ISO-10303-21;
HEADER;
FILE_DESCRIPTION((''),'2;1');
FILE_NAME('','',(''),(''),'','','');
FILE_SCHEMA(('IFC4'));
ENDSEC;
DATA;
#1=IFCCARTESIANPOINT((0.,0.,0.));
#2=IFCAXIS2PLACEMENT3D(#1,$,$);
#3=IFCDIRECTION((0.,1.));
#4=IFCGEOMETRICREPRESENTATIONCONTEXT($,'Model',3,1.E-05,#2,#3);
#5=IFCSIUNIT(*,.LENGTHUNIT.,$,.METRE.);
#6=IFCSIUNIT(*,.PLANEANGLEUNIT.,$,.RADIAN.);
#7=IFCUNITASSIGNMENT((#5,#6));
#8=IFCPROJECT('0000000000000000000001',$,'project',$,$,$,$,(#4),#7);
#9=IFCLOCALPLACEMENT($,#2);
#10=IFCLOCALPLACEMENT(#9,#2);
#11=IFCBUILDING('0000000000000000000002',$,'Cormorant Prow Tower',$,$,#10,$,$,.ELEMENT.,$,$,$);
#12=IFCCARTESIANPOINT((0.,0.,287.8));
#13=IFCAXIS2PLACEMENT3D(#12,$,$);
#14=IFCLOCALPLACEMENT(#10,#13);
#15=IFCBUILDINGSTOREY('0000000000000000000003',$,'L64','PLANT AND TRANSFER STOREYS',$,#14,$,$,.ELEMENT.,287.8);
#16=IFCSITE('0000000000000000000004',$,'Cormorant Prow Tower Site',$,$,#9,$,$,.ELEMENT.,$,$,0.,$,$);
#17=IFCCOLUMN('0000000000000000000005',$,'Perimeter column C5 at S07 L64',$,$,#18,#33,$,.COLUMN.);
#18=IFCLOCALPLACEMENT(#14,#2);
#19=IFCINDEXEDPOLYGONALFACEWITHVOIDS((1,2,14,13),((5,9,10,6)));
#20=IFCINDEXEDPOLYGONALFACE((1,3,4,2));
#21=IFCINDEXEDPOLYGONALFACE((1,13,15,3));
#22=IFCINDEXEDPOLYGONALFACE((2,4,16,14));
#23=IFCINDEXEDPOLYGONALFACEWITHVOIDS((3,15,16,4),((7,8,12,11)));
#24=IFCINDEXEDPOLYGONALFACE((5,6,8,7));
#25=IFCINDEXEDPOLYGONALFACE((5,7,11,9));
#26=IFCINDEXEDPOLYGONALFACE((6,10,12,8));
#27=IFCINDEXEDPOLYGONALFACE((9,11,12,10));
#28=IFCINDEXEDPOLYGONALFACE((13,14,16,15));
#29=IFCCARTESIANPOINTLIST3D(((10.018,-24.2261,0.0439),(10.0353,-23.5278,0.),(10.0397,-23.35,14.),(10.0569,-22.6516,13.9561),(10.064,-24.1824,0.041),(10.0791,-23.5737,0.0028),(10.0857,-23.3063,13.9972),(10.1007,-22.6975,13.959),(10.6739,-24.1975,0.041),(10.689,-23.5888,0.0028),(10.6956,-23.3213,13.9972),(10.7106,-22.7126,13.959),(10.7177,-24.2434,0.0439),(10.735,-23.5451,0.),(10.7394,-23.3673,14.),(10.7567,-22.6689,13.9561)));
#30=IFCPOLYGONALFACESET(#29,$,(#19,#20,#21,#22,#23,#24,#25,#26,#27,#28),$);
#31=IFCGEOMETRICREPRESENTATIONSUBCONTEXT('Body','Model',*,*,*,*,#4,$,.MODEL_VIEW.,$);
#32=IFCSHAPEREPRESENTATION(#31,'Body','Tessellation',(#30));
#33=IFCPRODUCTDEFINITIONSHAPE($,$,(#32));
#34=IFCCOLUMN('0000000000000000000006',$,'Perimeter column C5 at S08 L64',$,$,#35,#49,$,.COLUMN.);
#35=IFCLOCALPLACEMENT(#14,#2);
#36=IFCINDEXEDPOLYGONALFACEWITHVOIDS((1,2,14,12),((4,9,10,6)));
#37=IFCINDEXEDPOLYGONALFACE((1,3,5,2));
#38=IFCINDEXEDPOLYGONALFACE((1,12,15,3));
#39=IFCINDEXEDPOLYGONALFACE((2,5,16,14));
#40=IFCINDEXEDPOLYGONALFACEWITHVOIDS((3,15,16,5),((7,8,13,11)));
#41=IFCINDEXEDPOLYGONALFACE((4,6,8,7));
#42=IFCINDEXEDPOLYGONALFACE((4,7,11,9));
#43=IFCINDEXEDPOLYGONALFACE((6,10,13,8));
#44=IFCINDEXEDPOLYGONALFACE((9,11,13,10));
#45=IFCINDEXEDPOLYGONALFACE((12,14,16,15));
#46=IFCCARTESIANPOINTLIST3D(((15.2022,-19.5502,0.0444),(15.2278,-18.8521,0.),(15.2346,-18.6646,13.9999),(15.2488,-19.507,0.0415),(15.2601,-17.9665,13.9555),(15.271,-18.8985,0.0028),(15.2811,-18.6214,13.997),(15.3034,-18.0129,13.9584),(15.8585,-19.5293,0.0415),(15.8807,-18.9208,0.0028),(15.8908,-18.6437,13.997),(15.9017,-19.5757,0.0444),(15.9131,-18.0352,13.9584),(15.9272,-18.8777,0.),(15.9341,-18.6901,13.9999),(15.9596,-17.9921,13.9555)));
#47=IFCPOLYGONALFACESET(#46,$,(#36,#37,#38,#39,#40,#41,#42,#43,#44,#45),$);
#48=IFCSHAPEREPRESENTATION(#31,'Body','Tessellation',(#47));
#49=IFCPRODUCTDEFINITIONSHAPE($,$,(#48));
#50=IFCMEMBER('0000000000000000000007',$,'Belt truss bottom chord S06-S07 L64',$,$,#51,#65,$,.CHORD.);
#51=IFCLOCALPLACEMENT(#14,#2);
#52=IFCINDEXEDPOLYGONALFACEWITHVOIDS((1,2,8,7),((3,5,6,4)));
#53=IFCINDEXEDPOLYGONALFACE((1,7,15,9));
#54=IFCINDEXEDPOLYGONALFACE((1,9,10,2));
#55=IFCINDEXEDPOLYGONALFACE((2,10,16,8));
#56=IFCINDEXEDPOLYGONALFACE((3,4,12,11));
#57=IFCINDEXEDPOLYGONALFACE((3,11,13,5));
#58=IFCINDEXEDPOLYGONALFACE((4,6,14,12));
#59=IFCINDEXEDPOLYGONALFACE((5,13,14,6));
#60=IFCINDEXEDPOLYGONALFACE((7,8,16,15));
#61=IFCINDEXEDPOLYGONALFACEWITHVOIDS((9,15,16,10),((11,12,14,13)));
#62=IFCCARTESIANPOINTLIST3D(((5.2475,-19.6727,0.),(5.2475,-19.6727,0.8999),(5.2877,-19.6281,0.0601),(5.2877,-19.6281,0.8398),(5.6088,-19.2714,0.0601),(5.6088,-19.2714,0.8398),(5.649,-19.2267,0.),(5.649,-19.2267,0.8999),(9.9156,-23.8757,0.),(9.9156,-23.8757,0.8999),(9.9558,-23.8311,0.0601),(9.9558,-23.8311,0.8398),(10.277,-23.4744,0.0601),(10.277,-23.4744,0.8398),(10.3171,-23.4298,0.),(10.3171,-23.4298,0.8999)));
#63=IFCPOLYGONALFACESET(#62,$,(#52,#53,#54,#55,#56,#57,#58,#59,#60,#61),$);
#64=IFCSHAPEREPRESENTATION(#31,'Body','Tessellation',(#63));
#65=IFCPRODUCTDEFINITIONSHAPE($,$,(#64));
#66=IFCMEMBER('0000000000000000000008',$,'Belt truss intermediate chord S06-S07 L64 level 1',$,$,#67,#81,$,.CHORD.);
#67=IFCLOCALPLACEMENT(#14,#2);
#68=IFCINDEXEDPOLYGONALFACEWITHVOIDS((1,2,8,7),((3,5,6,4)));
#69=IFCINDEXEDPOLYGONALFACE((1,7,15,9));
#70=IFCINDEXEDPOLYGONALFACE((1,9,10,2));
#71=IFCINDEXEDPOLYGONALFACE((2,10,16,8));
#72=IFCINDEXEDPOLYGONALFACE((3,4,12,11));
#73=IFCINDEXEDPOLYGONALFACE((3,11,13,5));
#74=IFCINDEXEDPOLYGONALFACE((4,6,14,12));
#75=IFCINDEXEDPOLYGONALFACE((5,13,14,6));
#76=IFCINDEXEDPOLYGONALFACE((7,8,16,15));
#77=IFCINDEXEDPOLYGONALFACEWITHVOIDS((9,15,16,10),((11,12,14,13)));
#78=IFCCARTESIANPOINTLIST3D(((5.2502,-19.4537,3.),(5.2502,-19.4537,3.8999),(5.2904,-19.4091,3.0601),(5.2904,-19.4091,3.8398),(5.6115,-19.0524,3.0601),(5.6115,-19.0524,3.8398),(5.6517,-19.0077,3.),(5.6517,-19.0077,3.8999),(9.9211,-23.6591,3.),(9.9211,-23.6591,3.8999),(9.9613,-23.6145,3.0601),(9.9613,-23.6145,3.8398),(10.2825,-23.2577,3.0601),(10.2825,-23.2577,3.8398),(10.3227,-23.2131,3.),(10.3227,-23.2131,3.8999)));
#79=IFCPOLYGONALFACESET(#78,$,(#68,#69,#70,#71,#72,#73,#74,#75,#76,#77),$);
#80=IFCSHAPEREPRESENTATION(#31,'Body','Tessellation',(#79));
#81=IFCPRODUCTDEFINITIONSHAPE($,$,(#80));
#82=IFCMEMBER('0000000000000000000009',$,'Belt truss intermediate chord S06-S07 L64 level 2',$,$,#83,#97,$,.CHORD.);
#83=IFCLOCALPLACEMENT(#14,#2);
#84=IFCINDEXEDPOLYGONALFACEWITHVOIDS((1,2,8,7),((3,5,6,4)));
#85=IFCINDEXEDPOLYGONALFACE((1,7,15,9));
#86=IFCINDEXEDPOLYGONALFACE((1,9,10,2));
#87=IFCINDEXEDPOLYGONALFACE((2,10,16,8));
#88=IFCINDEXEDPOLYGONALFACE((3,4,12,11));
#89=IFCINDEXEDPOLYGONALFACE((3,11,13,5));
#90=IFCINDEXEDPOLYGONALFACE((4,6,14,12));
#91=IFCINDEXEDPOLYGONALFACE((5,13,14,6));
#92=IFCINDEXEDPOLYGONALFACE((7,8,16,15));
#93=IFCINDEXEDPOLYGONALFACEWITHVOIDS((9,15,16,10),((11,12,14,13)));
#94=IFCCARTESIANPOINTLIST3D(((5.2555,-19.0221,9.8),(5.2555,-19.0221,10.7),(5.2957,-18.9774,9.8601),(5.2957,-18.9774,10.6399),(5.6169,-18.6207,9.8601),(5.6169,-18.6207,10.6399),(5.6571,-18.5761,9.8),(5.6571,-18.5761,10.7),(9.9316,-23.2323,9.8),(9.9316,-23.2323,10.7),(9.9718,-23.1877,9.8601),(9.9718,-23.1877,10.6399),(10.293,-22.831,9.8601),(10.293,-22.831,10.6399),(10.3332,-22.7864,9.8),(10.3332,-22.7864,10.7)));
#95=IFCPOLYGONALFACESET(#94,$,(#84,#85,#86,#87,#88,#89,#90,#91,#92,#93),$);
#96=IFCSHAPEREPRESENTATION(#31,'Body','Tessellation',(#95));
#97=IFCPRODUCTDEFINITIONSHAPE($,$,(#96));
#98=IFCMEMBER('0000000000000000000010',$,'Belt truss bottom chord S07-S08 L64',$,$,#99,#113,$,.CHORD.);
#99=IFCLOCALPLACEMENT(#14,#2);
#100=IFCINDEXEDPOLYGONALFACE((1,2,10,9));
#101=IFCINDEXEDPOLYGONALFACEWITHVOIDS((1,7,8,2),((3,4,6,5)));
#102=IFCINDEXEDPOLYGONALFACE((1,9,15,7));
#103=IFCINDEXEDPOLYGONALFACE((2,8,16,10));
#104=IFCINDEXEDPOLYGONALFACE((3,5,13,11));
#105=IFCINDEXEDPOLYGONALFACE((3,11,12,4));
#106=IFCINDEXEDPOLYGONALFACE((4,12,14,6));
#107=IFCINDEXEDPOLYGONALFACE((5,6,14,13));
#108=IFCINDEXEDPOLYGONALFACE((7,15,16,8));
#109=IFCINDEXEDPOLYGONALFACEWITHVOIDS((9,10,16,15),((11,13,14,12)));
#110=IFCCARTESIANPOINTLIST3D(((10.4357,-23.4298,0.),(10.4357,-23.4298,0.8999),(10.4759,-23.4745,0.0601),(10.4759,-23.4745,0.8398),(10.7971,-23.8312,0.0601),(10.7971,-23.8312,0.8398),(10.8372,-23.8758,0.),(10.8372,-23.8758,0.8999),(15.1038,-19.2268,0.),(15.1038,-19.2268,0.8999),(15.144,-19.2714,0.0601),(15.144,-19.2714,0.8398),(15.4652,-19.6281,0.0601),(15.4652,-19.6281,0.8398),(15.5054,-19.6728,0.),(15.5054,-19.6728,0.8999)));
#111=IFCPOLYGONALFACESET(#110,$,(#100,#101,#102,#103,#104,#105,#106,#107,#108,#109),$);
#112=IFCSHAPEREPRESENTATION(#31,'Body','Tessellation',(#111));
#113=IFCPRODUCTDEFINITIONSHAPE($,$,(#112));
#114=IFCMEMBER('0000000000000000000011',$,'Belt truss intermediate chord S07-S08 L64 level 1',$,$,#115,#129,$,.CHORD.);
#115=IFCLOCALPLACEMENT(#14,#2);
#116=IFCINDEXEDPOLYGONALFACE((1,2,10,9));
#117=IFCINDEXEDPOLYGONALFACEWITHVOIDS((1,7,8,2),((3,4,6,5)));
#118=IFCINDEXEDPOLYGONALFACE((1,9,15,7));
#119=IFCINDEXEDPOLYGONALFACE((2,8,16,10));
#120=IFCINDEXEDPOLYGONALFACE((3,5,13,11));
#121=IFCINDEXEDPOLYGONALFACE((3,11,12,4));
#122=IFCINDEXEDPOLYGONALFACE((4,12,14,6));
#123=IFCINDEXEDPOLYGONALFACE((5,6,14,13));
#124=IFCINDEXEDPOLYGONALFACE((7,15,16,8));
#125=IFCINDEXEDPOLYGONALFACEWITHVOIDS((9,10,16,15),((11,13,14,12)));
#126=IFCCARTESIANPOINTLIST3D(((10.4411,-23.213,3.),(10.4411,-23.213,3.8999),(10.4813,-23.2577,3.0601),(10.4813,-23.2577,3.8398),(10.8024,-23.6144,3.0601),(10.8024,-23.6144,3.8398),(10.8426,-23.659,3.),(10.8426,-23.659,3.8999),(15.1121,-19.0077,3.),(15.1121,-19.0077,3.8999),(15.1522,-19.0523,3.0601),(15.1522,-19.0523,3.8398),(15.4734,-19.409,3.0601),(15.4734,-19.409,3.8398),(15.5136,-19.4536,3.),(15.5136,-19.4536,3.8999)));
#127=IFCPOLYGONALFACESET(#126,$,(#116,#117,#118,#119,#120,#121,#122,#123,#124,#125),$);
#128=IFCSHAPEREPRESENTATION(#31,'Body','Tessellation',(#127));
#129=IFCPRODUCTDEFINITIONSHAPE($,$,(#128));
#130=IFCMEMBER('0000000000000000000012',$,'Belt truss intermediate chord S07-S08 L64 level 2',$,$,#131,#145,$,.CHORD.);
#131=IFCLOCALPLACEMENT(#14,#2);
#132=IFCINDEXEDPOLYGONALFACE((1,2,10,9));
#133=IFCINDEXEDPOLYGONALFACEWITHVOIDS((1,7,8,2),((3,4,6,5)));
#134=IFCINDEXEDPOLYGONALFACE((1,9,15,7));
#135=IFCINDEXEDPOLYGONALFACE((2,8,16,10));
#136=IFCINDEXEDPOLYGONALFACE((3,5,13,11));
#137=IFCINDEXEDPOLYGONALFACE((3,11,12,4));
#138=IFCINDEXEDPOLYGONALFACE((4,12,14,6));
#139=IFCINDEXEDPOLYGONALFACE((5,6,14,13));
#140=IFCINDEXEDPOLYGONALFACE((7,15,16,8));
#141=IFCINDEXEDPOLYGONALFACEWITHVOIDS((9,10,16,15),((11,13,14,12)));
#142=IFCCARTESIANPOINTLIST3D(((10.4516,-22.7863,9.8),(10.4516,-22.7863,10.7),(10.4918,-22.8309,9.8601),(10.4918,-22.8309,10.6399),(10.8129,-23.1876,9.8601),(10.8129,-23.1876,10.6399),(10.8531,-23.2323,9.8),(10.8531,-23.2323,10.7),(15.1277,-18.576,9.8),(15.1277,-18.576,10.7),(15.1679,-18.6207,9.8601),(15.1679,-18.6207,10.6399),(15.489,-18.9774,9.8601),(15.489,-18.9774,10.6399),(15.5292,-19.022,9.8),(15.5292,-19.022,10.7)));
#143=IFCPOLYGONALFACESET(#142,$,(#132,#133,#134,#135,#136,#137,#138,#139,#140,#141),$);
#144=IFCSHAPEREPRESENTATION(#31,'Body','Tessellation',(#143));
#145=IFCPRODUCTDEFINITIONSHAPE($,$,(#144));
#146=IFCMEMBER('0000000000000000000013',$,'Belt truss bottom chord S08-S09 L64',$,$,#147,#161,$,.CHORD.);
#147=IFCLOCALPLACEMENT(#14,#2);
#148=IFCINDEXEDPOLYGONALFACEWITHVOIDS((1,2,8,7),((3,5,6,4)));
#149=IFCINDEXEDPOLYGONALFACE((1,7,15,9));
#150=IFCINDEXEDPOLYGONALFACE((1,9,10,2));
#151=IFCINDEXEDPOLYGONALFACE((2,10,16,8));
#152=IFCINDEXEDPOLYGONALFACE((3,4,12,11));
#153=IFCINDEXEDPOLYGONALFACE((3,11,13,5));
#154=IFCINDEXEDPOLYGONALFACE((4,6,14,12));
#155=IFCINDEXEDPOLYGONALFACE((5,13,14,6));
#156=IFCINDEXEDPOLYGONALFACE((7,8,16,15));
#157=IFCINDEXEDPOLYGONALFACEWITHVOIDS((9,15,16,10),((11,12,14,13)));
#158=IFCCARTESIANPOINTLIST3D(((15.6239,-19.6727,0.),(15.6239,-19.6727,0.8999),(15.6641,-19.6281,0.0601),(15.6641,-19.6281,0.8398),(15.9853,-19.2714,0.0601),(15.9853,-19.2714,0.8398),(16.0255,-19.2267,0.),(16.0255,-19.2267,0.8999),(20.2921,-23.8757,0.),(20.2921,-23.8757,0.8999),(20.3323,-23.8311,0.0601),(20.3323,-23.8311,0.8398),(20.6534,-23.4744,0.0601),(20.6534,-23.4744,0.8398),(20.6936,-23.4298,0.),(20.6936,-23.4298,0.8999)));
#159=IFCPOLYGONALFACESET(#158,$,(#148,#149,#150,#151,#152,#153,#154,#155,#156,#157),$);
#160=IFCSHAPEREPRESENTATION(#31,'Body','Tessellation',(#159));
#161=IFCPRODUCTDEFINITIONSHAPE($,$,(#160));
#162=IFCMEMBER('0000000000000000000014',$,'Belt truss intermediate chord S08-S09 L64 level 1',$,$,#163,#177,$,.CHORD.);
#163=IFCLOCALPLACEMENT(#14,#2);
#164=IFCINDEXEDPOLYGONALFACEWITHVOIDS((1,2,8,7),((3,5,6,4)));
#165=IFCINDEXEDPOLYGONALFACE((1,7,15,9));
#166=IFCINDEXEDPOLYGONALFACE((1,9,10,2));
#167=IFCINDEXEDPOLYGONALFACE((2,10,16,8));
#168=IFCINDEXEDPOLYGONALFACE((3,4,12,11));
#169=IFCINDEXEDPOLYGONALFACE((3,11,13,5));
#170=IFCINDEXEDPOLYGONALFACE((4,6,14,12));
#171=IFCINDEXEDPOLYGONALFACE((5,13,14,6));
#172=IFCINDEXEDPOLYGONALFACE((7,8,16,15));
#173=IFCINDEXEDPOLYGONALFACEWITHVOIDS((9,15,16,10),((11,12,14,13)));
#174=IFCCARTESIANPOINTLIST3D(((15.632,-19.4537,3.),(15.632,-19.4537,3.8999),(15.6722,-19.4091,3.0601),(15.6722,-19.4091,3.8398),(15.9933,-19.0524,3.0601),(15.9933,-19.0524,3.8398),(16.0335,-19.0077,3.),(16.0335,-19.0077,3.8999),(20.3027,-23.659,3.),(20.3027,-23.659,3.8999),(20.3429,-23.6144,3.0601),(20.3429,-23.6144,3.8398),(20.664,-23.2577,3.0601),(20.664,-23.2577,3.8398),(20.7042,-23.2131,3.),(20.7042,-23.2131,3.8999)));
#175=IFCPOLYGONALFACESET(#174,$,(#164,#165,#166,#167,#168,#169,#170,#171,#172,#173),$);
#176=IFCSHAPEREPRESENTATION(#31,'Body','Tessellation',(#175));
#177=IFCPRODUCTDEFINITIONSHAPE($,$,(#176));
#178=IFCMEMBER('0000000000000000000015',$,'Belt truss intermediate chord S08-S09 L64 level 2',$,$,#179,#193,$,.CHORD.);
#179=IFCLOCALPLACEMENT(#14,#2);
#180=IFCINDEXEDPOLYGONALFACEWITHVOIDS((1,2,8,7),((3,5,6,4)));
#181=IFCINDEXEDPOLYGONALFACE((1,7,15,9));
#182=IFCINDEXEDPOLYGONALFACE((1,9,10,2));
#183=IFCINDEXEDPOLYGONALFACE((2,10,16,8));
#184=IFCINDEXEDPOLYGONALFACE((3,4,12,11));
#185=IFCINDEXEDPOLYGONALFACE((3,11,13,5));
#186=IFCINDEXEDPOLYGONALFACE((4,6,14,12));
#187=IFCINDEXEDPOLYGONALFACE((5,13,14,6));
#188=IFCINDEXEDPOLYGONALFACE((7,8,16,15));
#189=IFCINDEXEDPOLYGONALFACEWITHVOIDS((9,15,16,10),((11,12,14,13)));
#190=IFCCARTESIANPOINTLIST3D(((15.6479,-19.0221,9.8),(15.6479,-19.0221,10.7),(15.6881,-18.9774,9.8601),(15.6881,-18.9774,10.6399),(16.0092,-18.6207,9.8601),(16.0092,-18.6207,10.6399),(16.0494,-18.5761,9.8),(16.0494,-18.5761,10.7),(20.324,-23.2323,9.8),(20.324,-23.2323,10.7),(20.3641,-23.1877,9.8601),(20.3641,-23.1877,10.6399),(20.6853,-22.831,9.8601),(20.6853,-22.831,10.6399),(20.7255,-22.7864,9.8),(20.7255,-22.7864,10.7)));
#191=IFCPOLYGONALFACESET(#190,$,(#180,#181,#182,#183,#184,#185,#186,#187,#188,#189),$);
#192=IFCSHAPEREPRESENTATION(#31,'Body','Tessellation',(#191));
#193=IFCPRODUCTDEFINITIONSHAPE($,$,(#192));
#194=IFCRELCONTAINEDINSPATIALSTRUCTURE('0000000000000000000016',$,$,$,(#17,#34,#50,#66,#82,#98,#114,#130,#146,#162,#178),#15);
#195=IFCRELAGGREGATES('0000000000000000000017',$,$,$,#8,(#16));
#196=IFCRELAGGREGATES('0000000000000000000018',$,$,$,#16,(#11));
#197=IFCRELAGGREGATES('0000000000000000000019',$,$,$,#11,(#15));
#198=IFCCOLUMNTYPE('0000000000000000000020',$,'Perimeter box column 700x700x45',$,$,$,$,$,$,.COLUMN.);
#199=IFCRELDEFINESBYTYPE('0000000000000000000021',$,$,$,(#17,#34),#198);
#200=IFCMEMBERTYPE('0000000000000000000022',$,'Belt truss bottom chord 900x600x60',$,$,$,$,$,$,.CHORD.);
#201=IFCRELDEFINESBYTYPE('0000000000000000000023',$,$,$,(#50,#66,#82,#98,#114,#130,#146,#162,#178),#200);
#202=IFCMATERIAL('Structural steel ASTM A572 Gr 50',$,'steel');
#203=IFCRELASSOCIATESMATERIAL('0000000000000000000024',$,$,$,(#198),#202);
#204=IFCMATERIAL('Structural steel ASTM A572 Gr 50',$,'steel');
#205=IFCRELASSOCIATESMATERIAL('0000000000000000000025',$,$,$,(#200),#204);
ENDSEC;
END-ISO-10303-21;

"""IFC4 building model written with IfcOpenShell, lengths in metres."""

from ifc_helpers import new_model, si_unit, direction, frame, origin, origin_2d, place, context, subcontext, project, spatial, hollow_rectangle, extrude, material, material_profile, profile_set, type_object, element, save


model = new_model("IFC4")

# Units and contexts
model_context = context("Model", 3, precision=1e-05, world=origin(), true_north=direction((0.0, 1.0)))
body_context = subcontext(model_context, "Body", "Model", "MODEL_VIEW")
ifc_project = project(units=[si_unit("LENGTHUNIT", "METRE"), si_unit("PLANEANGLEUNIT", "RADIAN")], contexts=[model_context])

# Site, building, storey
site_placement = place(None, origin())
site = spatial("IfcSite", under=ifc_project, at=site_placement, Name="Cormorant Prow Tower Site", CompositionType="ELEMENT", RefElevation=0.0)
building_placement = place(site_placement, origin())
building = spatial("IfcBuilding", under=site, at=building_placement, Name="Cormorant Prow Tower", CompositionType="ELEMENT")
storey_placement = place(building_placement, frame((0.0, 0.0, 287.8)))
storey = spatial("IfcBuildingStorey", under=building, at=storey_placement, Name="L64", Description="PLANT AND TRANSFER STOREYS", CompositionType="ELEMENT", Elevation=287.8)

# Columns
ifc_material_1 = material(Name="Structural steel ASTM A572 Gr 50", Category="steel")
ifc_material_profile_1 = material_profile(ifc_material_1, hollow_rectangle(XDim=0.7, YDim=0.7, WallThickness=0.0449, at=origin_2d()), Name="Box 700x700x45")
ifc_profile_set_1 = profile_set([ifc_material_profile_1], Name="Structural steel ASTM A572 Gr 50")
column_type = type_object("IfcColumnType", Name="Perimeter box column 700x700x45", PredefinedType="COLUMN", material=ifc_profile_set_1)
column_1_placement = place(storey_placement, frame((10.3765, -23.887, 0.0), z_axis=(0.001549, 0.062656, 0.998034), x_axis=(-0.999695, 0.024715, 0.0)))
element("IfcColumn", 1, at=column_1_placement, inside=storey, type_object=column_type, Name="Perimeter column C5 at S07 L64", PredefinedType="COLUMN", context=body_context, shape_type="SweptSolid", body=[
    extrude(hollow_rectangle(XDim=0.7, YDim=0.7, WallThickness=0.0449, at=origin_2d()), frame((0.0, 0.0, 0.022)), (0.0, 0.0, 1.0), 13.9836),
])
column_2_placement = place(storey_placement, frame((15.5647, -19.2153, 0.0), z_axis=(0.002315, 0.063332, 0.99799), x_axis=(-0.999333, 0.036524, 0.0)))
element("IfcColumn", 2, at=column_2_placement, inside=storey, type_object=column_type, Name="Perimeter column C5 at S08 L64", PredefinedType="COLUMN", context=body_context, shape_type="SweptSolid", body=[
    extrude(hollow_rectangle(XDim=0.7, YDim=0.7, WallThickness=0.0449, at=origin_2d()), frame((0.0, 0.0, 0.0222)), (0.0, 0.0, 1.0), 13.9836),
])

# Members
ifc_material_2 = material(Name="Structural steel ASTM A572 Gr 50", Category="steel")
ifc_material_profile_2 = material_profile(ifc_material_2, hollow_rectangle(XDim=0.6001, YDim=0.8999, WallThickness=0.0601, at=origin_2d()), Name="Box 900x600x60")
ifc_profile_set_2 = profile_set([ifc_material_profile_2], Name="Structural steel ASTM A572 Gr 50")
member_type_1 = type_object("IfcMemberType", Name="Belt truss bottom chord 900x600x60", PredefinedType="CHORD", material=ifc_profile_set_2)
member_1_placement = place(storey_placement, frame((5.4482, -19.4497, 0.45), z_axis=(0.743157, -0.669117, 0.0), x_axis=(0.669117, 0.743157, 0.0)))
element("IfcMember", 3, at=member_1_placement, inside=storey, type_object=member_type_1, Name="Belt truss bottom chord S06-S07 L64", PredefinedType="CHORD", context=body_context, shape_type="SweptSolid", body=[
    extrude(hollow_rectangle(XDim=0.6001, YDim=0.8999, WallThickness=0.0601, at=origin_2d()), origin(), (0.0, 0.0, 1.0), 6.2815),
])
member_2_placement = place(storey_placement, frame((5.4509, -19.2307, 3.45), z_axis=(0.743174, -0.669098, 0.0), x_axis=(0.669098, 0.743174, 0.0)))
element("IfcMember", 4, at=member_2_placement, inside=storey, type_object=member_type_1, Name="Belt truss intermediate chord S06-S07 L64 level 1", PredefinedType="CHORD", context=body_context, shape_type="SweptSolid", body=[
    extrude(hollow_rectangle(XDim=0.6001, YDim=0.8999, WallThickness=0.0601, at=origin_2d()), origin(), (0.0, 0.0, 1.0), 6.2852),
])
member_3_placement = place(storey_placement, frame((5.4563, -18.7991, 10.25), z_axis=(0.743153, -0.669121, 0.0), x_axis=(0.669121, 0.743153, 0.0)))
element("IfcMember", 5, at=member_3_placement, inside=storey, type_object=member_type_1, Name="Belt truss intermediate chord S06-S07 L64 level 2", PredefinedType="CHORD", context=body_context, shape_type="SweptSolid", body=[
    extrude(hollow_rectangle(XDim=0.6001, YDim=0.8999, WallThickness=0.0601, at=origin_2d()), origin(), (0.0, 0.0, 1.0), 6.2922),
])
member_4_placement = place(storey_placement, frame((10.6365, -23.6528, 0.45), z_axis=(0.743157, 0.669117, 0.0), x_axis=(-0.669117, 0.743157, 0.0)))
element("IfcMember", 6, at=member_4_placement, inside=storey, type_object=member_type_1, Name="Belt truss bottom chord S07-S08 L64", PredefinedType="CHORD", context=body_context, shape_type="SweptSolid", body=[
    extrude(hollow_rectangle(XDim=0.6001, YDim=0.8999, WallThickness=0.0601, at=origin_2d()), origin(), (0.0, 0.0, 1.0), 6.2815),
])
member_5_placement = place(storey_placement, frame((10.6418, -23.436, 3.45), z_axis=(0.743174, 0.669098, 0.0), x_axis=(-0.669098, 0.743174, 0.0)))
element("IfcMember", 7, at=member_5_placement, inside=storey, type_object=member_type_1, Name="Belt truss intermediate chord S07-S08 L64 level 1", PredefinedType="CHORD", context=body_context, shape_type="SweptSolid", body=[
    extrude(hollow_rectangle(XDim=0.6001, YDim=0.8999, WallThickness=0.0601, at=origin_2d()), origin(), (0.0, 0.0, 1.0), 6.2852),
])
member_6_placement = place(storey_placement, frame((10.6523, -23.0093, 10.25), z_axis=(0.743153, 0.669121, 0.0), x_axis=(-0.669121, 0.743153, 0.0)))
element("IfcMember", 8, at=member_6_placement, inside=storey, type_object=member_type_1, Name="Belt truss intermediate chord S07-S08 L64 level 2", PredefinedType="CHORD", context=body_context, shape_type="SweptSolid", body=[
    extrude(hollow_rectangle(XDim=0.6001, YDim=0.8999, WallThickness=0.0601, at=origin_2d()), origin(), (0.0, 0.0, 1.0), 6.2922),
])
member_7_placement = place(storey_placement, frame((15.8247, -19.4497, 0.45), z_axis=(0.743157, -0.669117, 0.0), x_axis=(0.669117, 0.743157, 0.0)))
element("IfcMember", 9, at=member_7_placement, inside=storey, type_object=member_type_1, Name="Belt truss bottom chord S08-S09 L64", PredefinedType="CHORD", context=body_context, shape_type="SweptSolid", body=[
    extrude(hollow_rectangle(XDim=0.6001, YDim=0.8999, WallThickness=0.0601, at=origin_2d()), origin(), (0.0, 0.0, 1.0), 6.2815),
])
member_8_placement = place(storey_placement, frame((15.8328, -19.2307, 3.45), z_axis=(0.743157, -0.669117, 0.0), x_axis=(0.669117, 0.743157, 0.0)))
element("IfcMember", 10, at=member_8_placement, inside=storey, type_object=member_type_1, Name="Belt truss intermediate chord S08-S09 L64 level 1", PredefinedType="CHORD", context=body_context, shape_type="SweptSolid", body=[
    extrude(hollow_rectangle(XDim=0.6001, YDim=0.8999, WallThickness=0.0601, at=origin_2d()), origin(), (0.0, 0.0, 1.0), 6.2849),
])
member_9_placement = place(storey_placement, frame((15.8486, -18.7991, 10.25), z_axis=(0.743153, -0.669121, 0.0), x_axis=(0.669121, 0.743153, 0.0)))
element("IfcMember", 11, at=member_9_placement, inside=storey, type_object=member_type_1, Name="Belt truss intermediate chord S08-S09 L64 level 2", PredefinedType="CHORD", context=body_context, shape_type="SweptSolid", body=[
    extrude(hollow_rectangle(XDim=0.6001, YDim=0.8999, WallThickness=0.0601, at=origin_2d()), origin(), (0.0, 0.0, 1.0), 6.2922),
])

save(model, "model.ifc")
